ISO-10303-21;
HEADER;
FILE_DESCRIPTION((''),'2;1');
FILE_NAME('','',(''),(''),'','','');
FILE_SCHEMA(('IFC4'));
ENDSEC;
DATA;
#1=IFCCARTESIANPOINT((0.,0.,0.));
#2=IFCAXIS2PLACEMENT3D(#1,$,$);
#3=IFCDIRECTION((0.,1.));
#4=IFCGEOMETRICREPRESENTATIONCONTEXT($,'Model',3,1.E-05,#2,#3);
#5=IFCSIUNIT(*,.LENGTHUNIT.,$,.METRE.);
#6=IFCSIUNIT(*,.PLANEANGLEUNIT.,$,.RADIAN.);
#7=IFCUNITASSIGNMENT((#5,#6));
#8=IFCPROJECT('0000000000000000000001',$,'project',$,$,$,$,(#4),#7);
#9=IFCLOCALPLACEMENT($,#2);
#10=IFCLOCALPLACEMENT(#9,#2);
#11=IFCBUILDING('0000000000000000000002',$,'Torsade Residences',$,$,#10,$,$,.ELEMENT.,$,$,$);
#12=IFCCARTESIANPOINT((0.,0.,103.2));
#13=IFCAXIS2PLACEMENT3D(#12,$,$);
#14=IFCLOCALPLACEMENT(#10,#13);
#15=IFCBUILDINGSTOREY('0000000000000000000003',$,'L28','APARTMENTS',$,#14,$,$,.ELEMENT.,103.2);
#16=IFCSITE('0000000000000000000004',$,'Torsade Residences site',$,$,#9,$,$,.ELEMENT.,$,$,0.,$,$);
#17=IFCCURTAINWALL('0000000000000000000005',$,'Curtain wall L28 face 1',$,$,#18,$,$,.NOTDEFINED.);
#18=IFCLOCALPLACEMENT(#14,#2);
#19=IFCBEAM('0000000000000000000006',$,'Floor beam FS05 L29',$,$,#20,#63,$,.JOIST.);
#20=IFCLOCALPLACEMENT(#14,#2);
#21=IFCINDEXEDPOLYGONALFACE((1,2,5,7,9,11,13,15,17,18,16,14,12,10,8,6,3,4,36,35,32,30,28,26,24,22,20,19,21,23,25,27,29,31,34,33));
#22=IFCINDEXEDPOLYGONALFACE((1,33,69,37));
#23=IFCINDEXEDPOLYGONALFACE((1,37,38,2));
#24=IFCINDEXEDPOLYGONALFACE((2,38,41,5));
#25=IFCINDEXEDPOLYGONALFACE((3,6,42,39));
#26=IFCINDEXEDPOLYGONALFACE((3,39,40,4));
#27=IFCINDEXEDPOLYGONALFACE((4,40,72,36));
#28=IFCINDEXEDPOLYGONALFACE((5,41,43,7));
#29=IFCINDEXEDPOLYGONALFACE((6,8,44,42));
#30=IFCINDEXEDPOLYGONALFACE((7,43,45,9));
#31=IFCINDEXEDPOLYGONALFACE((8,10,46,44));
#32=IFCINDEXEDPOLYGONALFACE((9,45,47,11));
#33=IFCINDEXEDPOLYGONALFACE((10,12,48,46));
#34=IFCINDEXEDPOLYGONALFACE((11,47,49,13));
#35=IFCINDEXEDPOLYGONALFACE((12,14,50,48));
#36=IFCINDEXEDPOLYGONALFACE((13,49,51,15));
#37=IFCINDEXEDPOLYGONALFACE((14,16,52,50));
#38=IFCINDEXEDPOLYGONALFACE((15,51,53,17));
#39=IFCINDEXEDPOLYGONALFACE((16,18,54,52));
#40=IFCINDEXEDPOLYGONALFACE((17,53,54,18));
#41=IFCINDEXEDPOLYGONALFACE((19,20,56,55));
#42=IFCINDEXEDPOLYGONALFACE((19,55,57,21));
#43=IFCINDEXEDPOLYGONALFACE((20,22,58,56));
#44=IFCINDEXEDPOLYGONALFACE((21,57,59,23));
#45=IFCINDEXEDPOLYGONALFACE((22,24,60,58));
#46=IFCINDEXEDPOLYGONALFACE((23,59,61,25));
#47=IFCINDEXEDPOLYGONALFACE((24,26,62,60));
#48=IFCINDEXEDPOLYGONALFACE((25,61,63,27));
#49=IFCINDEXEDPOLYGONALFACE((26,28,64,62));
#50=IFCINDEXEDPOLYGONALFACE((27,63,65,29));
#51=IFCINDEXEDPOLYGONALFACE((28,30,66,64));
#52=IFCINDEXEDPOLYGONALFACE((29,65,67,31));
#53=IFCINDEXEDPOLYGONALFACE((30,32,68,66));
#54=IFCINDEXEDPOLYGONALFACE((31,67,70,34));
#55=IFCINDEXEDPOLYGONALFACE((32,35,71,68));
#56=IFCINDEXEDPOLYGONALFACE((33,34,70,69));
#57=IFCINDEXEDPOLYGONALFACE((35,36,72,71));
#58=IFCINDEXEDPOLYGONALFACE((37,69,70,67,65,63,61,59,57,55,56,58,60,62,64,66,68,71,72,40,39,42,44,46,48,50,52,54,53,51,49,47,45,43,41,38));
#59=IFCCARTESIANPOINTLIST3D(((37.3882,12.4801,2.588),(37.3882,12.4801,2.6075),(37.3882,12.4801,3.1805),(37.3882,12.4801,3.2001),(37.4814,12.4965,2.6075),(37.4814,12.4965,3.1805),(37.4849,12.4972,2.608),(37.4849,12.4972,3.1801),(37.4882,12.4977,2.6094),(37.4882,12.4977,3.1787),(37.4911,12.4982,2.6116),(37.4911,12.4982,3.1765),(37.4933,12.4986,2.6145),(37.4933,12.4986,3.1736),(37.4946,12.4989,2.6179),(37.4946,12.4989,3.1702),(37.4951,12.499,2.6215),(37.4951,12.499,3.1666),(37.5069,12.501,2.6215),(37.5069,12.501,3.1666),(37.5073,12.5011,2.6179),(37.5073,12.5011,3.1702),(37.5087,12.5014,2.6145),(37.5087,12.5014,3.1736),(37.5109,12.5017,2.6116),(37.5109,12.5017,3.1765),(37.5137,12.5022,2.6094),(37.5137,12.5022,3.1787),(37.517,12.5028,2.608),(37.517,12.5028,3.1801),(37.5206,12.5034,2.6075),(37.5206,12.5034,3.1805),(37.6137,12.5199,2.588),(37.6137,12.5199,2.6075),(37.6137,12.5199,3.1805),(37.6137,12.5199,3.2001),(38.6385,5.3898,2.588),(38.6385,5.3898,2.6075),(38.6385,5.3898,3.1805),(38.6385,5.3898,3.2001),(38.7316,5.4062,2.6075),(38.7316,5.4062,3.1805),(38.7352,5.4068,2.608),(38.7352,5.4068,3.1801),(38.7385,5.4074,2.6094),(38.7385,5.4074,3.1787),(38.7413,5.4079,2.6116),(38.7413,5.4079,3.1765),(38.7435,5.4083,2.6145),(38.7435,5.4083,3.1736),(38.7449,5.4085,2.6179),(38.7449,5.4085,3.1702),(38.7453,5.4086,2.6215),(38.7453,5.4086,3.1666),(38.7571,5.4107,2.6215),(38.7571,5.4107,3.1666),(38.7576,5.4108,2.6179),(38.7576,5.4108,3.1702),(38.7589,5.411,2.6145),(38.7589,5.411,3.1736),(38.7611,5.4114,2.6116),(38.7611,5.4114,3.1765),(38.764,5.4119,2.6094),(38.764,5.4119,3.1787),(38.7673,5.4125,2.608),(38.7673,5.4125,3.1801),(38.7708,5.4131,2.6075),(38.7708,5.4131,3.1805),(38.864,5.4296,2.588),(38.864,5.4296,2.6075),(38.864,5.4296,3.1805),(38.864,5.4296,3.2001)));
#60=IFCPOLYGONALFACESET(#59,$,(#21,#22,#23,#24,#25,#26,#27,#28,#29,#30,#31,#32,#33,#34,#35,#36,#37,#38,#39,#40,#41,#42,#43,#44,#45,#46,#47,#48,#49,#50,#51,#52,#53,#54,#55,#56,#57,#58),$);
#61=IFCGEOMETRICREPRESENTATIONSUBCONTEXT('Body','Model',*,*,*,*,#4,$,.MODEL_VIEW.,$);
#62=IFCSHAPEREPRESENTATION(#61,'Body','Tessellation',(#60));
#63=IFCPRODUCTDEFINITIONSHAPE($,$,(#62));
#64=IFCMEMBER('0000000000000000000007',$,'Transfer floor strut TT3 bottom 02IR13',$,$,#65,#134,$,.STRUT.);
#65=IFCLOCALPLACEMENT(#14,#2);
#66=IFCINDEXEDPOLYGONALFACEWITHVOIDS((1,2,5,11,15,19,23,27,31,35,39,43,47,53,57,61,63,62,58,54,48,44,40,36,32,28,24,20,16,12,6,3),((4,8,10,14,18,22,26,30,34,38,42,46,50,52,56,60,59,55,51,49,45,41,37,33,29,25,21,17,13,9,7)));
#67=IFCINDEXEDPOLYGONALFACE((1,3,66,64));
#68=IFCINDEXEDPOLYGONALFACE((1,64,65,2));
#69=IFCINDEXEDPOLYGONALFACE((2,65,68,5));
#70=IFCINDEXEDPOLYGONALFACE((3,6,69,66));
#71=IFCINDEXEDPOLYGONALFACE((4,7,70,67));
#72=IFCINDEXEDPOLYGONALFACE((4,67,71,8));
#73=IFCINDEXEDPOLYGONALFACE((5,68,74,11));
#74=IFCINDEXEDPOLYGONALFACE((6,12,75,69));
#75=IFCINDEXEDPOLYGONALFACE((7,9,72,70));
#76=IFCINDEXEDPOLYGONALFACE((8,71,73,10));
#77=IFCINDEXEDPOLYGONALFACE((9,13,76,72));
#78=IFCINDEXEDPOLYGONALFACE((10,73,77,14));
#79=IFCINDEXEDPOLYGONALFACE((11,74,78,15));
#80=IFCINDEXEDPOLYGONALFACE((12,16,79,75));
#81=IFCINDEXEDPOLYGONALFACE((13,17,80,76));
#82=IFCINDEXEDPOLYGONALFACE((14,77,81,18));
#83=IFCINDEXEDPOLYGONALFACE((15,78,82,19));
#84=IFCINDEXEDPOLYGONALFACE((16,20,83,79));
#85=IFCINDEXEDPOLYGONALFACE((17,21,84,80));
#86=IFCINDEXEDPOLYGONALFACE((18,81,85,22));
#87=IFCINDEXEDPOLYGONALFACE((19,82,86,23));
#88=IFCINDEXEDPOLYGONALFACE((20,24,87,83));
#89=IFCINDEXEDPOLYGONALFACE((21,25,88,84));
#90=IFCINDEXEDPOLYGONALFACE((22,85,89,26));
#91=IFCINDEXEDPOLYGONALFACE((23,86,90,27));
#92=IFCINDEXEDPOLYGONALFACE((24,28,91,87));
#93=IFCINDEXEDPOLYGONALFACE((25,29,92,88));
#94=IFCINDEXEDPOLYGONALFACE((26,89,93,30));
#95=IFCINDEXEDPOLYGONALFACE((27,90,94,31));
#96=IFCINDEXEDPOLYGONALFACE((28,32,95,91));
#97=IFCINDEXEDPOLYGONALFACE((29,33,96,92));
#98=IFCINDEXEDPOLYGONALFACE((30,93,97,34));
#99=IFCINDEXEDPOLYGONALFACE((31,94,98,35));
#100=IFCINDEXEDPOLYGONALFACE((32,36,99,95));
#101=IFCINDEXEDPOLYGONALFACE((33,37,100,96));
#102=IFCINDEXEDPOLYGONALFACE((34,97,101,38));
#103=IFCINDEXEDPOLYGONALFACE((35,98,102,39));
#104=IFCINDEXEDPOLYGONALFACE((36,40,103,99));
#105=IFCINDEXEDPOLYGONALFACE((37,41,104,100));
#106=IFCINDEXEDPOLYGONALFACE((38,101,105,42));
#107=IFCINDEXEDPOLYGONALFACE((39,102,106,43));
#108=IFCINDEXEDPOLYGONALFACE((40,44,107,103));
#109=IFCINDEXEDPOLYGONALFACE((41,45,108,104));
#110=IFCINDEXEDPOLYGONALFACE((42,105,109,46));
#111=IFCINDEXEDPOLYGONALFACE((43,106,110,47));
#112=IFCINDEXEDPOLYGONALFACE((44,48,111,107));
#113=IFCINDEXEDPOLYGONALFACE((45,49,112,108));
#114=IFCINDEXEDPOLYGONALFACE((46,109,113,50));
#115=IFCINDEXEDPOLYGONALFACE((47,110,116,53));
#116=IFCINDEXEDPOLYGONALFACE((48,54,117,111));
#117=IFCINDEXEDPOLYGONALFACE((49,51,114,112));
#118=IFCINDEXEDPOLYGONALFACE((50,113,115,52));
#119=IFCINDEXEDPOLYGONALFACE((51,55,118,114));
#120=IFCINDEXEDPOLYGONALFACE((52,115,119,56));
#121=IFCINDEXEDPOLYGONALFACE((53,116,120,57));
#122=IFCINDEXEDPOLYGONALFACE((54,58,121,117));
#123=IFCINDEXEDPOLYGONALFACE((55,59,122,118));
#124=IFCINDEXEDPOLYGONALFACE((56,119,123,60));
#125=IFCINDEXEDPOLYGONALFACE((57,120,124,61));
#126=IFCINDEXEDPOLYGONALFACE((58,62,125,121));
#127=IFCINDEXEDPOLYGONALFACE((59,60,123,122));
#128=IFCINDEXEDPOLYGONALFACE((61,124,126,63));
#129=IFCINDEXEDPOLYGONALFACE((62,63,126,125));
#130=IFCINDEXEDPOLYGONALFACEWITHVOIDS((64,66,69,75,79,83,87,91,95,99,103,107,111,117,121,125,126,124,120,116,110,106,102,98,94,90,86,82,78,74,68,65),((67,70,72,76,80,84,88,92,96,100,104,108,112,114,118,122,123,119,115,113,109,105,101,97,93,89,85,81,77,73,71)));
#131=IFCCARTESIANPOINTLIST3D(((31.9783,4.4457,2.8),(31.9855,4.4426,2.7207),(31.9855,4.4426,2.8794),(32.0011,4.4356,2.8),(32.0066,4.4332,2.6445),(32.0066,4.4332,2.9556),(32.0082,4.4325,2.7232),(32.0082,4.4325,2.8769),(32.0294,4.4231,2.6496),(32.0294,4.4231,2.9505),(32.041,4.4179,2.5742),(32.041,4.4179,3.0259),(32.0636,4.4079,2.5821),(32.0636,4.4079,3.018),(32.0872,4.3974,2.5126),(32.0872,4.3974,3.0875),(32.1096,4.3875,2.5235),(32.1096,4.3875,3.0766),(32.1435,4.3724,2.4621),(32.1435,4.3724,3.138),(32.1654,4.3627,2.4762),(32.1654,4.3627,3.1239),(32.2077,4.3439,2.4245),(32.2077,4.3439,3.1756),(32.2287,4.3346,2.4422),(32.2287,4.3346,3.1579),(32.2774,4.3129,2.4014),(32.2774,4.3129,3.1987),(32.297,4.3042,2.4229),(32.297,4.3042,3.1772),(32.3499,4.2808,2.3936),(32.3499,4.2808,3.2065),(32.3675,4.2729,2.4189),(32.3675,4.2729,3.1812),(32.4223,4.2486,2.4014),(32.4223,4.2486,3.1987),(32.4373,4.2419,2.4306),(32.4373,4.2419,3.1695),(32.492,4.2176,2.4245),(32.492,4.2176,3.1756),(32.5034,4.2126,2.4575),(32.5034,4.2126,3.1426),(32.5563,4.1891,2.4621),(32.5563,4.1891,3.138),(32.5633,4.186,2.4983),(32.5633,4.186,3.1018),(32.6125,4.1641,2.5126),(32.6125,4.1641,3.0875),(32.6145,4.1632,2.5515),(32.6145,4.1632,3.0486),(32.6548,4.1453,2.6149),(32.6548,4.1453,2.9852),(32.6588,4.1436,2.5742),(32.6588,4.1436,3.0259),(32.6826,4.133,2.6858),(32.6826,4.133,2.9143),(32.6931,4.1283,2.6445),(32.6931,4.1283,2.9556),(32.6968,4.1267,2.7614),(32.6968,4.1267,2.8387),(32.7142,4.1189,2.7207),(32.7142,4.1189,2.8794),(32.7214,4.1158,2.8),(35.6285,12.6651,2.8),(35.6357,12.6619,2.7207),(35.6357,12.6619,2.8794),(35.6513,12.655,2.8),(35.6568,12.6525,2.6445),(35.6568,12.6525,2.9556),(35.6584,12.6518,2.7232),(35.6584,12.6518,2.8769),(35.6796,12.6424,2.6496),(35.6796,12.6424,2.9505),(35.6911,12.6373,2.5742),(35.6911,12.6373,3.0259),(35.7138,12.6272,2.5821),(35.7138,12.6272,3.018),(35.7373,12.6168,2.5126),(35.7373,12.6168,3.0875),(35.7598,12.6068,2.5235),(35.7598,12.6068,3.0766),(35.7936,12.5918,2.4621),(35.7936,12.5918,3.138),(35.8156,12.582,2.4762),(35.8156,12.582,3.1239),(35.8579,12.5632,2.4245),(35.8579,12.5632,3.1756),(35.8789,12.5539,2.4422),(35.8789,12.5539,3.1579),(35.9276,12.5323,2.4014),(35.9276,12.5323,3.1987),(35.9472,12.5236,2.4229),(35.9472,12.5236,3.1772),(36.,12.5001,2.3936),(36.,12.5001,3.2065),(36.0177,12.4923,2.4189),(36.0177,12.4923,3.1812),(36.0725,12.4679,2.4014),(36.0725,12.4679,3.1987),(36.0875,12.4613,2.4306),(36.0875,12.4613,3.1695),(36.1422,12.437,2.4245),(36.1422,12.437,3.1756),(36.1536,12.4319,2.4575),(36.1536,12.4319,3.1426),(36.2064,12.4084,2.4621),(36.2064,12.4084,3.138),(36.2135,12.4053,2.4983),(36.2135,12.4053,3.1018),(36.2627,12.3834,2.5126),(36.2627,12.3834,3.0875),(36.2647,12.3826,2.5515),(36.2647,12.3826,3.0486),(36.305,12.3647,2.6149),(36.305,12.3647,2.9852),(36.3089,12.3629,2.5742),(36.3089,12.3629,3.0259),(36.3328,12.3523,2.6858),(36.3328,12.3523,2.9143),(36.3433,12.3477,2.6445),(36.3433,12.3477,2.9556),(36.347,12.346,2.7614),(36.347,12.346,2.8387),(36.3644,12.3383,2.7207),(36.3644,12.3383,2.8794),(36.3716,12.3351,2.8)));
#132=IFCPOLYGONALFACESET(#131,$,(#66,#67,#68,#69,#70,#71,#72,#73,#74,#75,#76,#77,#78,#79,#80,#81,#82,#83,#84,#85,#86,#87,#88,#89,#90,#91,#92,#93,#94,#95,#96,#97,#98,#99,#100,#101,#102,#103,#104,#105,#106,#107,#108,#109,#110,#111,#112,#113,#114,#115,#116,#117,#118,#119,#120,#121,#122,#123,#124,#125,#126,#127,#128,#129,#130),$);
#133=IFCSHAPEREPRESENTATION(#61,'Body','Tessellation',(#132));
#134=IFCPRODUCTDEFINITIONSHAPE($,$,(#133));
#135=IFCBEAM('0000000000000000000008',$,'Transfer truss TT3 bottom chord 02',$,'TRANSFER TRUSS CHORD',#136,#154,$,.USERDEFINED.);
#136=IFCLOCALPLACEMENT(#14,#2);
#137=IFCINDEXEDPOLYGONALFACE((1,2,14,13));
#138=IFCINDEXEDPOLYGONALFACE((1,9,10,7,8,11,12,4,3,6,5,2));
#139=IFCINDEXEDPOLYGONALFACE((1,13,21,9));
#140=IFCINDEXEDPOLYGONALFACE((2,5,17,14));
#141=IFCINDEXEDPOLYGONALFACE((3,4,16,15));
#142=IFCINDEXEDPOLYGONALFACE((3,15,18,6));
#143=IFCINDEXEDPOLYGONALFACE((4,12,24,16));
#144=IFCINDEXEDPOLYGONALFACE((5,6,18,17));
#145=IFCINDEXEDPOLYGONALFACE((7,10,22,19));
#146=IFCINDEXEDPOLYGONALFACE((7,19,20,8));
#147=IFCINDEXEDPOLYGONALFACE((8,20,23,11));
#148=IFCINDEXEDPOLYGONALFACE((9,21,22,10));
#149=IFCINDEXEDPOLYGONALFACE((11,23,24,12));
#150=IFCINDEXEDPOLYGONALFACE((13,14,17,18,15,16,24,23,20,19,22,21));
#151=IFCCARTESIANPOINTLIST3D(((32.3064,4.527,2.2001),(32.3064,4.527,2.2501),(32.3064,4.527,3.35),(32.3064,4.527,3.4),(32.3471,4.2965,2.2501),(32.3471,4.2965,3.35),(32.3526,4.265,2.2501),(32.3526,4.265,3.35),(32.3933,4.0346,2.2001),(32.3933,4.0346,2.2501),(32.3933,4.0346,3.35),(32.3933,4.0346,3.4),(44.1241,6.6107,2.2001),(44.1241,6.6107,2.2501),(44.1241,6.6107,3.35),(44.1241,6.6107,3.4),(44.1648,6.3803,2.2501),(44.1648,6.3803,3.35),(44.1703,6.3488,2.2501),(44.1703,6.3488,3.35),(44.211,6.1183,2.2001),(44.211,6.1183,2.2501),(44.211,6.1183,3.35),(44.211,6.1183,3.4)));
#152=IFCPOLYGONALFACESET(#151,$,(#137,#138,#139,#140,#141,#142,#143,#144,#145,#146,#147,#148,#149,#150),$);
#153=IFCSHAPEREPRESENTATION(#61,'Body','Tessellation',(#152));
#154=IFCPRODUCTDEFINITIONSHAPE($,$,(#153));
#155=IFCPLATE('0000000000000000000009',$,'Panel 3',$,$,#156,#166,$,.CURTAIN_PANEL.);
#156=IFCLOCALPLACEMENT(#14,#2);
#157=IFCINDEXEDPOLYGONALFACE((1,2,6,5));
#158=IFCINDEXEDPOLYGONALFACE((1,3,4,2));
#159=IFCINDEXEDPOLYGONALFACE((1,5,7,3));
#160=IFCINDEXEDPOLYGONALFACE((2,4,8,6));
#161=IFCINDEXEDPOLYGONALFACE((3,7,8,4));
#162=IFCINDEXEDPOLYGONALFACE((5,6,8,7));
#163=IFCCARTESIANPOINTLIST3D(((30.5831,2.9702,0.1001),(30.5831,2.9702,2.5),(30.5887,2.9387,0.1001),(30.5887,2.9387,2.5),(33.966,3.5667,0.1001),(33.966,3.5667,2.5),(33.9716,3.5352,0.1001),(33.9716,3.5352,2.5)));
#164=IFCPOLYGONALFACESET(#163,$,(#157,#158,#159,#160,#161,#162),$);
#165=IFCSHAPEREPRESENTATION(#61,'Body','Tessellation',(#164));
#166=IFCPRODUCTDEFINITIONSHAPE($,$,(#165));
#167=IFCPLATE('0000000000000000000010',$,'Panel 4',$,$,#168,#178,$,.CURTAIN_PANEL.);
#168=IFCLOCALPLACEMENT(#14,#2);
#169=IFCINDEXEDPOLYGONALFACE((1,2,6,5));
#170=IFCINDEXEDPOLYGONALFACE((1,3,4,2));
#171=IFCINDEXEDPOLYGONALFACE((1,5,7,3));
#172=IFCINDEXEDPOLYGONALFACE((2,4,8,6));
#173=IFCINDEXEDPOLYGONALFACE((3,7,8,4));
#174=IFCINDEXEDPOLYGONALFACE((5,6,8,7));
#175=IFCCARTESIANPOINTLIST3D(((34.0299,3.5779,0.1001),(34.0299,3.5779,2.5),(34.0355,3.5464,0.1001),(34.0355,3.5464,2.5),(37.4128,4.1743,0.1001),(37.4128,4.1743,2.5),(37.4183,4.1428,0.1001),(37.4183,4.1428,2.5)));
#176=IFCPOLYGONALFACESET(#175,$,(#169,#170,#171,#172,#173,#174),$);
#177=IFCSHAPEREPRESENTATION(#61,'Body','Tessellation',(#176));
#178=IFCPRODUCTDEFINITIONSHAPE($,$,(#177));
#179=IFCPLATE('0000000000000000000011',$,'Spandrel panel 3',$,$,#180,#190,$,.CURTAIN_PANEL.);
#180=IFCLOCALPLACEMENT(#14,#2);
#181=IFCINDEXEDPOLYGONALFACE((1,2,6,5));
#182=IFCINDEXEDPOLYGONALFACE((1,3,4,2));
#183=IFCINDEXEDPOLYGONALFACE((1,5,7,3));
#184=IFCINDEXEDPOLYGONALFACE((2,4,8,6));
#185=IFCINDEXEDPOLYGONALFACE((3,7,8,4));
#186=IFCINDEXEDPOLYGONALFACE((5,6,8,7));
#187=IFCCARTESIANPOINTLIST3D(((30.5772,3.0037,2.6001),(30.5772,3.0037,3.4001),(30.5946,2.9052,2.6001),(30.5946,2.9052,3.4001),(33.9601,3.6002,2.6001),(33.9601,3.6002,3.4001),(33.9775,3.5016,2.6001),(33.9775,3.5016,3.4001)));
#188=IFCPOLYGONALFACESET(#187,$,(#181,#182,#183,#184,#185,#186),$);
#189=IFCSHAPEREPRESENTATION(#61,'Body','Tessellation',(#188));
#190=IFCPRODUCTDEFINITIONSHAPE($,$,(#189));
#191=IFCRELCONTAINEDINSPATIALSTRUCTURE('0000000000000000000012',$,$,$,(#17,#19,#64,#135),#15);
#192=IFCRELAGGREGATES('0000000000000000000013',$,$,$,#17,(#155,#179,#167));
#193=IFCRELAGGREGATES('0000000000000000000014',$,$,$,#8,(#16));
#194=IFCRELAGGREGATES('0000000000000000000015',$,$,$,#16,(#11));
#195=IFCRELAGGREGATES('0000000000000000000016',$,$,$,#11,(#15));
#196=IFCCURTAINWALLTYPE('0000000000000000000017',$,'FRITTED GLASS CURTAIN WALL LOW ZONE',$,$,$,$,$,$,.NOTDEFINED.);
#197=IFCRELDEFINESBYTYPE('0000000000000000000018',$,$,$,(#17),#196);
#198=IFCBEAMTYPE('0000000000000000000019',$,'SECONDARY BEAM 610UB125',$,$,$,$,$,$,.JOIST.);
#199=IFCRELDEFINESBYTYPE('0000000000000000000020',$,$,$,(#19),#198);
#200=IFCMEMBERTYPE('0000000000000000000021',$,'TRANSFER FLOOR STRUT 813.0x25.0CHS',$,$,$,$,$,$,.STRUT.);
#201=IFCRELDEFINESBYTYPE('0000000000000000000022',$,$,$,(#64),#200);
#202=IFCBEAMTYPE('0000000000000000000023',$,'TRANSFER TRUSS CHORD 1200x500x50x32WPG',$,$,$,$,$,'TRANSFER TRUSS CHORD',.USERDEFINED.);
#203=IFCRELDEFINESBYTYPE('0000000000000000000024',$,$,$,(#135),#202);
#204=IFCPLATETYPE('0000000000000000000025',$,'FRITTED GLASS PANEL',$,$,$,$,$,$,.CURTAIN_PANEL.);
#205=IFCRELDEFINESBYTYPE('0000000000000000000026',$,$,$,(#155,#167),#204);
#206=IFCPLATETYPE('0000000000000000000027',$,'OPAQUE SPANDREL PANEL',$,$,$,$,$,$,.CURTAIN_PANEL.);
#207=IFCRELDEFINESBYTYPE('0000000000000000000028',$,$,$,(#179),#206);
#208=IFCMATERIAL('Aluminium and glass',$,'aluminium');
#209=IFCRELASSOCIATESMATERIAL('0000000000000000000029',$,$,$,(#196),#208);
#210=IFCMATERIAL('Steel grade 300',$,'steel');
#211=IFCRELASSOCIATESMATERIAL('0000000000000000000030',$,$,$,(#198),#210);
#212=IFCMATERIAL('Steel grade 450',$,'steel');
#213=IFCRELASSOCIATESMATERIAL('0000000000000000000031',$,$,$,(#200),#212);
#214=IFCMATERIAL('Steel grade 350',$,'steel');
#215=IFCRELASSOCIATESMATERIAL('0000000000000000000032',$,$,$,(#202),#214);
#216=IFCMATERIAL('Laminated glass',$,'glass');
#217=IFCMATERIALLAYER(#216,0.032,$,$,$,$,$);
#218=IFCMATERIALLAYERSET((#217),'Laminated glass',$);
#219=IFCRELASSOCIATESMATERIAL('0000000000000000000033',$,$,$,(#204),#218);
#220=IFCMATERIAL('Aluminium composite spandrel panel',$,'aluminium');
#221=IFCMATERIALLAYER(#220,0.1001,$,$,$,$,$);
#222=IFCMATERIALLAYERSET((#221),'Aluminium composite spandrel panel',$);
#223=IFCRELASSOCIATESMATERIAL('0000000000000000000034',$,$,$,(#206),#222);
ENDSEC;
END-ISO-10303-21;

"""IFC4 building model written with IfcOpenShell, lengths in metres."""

from ifc_helpers import new_model, si_unit, direction, frame, origin, origin_2d, place, context, subcontext, project, spatial, rectangle, hollow_circle, i_section, extrude, material, layer, layer_set, material_profile, profile_set, type_object, element, aggregate, save


model = new_model("IFC4")

# Units and contexts
model_context = context("Model", 3, precision=1e-05, world=origin(), true_north=direction((0.0, 1.0)))
body_context = subcontext(model_context, "Body", "Model", "MODEL_VIEW")
ifc_project = project(units=[si_unit("LENGTHUNIT", "METRE"), si_unit("PLANEANGLEUNIT", "RADIAN")], contexts=[model_context])

# Site, building, storey
site_placement = place(None, origin())
site = spatial("IfcSite", under=ifc_project, at=site_placement, Name="Torsade Residences site", CompositionType="ELEMENT", RefElevation=0.0)
building_placement = place(site_placement, origin())
building = spatial("IfcBuilding", under=site, at=building_placement, Name="Torsade Residences", CompositionType="ELEMENT")
storey_placement = place(building_placement, frame((0.0, 0.0, 103.2)))
storey = spatial("IfcBuildingStorey", under=building, at=storey_placement, Name="L28", Description="APARTMENTS", CompositionType="ELEMENT", Elevation=103.2)

# Curtain wall
ifc_material_1 = material(Name="Aluminium and glass", Category="aluminium")
curtain_wall_type = type_object("IfcCurtainWallType", Name="FRITTED GLASS CURTAIN WALL LOW ZONE", PredefinedType="NOTDEFINED", material=ifc_material_1)
curtain_wall_placement = place(storey_placement, origin())
curtain_wall = element("IfcCurtainWall", 1, at=curtain_wall_placement, inside=storey, type_object=curtain_wall_type, Name="Curtain wall L28 face 1", PredefinedType="NOTDEFINED")

# Beam
ifc_material_2 = material(Name="Steel grade 300", Category="steel")
ifc_material_profile_1 = material_profile(ifc_material_2, i_section(OverallWidth=0.229, OverallDepth=0.6121, WebThickness=0.012, FlangeThickness=0.0195, FilletRadius=0.0139, at=origin_2d()), Name="610UB125")
ifc_profile_set_1 = profile_set([ifc_material_profile_1], Name="Steel grade 300")
beam_type_1 = type_object("IfcBeamType", Name="SECONDARY BEAM 610UB125", PredefinedType="JOIST", material=ifc_profile_set_1)
beam_1_placement = place(storey_placement, frame((38.7512, 5.4097, 2.894), z_axis=(-0.173652, 0.984807, 0.0), x_axis=(-0.984807, -0.173652, 0.0)))
element("IfcBeam", 2, at=beam_1_placement, inside=storey, type_object=beam_type_1, Name="Floor beam FS05 L29", PredefinedType="JOIST", context=body_context, shape_type="SweptSolid", body=[
    extrude(i_section(OverallWidth=0.229, OverallDepth=0.6121, WebThickness=0.012, FlangeThickness=0.0195, FilletRadius=0.0139, at=origin_2d()), origin(), (0.0, 0.0, 1.0), 7.1997),
])

# Member
ifc_material_3 = material(Name="Steel grade 450", Category="steel")
ifc_material_profile_2 = material_profile(ifc_material_3, hollow_circle(Radius=0.4065, WallThickness=0.0249, at=origin_2d()), Name="813.0x25.0CHS")
ifc_profile_set_2 = profile_set([ifc_material_profile_2], Name="Steel grade 450")
member_type_1 = type_object("IfcMemberType", Name="TRANSFER FLOOR STRUT 813.0x25.0CHS", PredefinedType="STRUT", material=ifc_profile_set_2)
member_1_placement = place(storey_placement, frame((32.3499, 4.2808, 2.8), z_axis=(0.405874, 0.913929, 0.0), x_axis=(-0.913929, 0.405874, 0.0)))
element("IfcMember", 3, at=member_1_placement, inside=storey, type_object=member_type_1, Name="Transfer floor strut TT3 bottom 02IR13", PredefinedType="STRUT", context=body_context, shape_type="SweptSolid", body=[
    extrude(hollow_circle(Radius=0.4065, WallThickness=0.0249, at=origin_2d()), origin(), (0.0, 0.0, 1.0), 8.9934),
])

# Beam
ifc_material_4 = material(Name="Steel grade 350", Category="steel")
ifc_material_profile_3 = material_profile(ifc_material_4, i_section(OverallWidth=0.5, OverallDepth=1.2, WebThickness=0.032, FlangeThickness=0.05, at=origin_2d()), Name="1200x500x50x32WPG")
ifc_profile_set_3 = profile_set([ifc_material_profile_3], Name="Steel grade 350")
beam_type_2 = type_object("IfcBeamType", Name="TRANSFER TRUSS CHORD 1200x500x50x32WPG", ElementType="TRANSFER TRUSS CHORD", PredefinedType="USERDEFINED", material=ifc_profile_set_3)
beam_2_placement = place(storey_placement, frame((32.3499, 4.2808, 2.8), z_axis=(0.984808, 0.173646, 0.0), x_axis=(-0.173646, 0.984808, 0.0)))
element("IfcBeam", 4, at=beam_2_placement, inside=storey, type_object=beam_type_2, Name="Transfer truss TT3 bottom chord 02", ObjectType="TRANSFER TRUSS CHORD", PredefinedType="USERDEFINED", context=body_context, shape_type="SweptSolid", body=[
    extrude(i_section(OverallWidth=0.5, OverallDepth=1.2, WebThickness=0.032, FlangeThickness=0.05, at=origin_2d()), origin(), (0.0, 0.0, 1.0), 12.0),
])

# Plates
ifc_material_5 = material(Name="Laminated glass", Category="glass")
ifc_layer_1 = layer(ifc_material_5, 0.032)
ifc_layer_set_1 = layer_set([ifc_layer_1], Name="Laminated glass")
plate_type_1 = type_object("IfcPlateType", Name="FRITTED GLASS PANEL", PredefinedType="CURTAIN_PANEL", material=ifc_layer_set_1)
plate_1_placement = place(storey_placement, frame((32.2773, 3.2527, 0.1001), z_axis=(0.0, 0.0, 1.0), x_axis=(0.984808, 0.173648, 0.0)))
plate_1 = element("IfcPlate", 5, at=plate_1_placement, type_object=plate_type_1, Name="Panel 3", PredefinedType="CURTAIN_PANEL", context=body_context, shape_type="SweptSolid", body=[
    extrude(rectangle(XDim=3.4351, YDim=0.032, at=origin_2d()), origin(), (0.0, 0.0, 1.0), 2.3999),
])
plate_2_placement = place(storey_placement, frame((35.7241, 3.8604, 0.1001), z_axis=(0.0, 0.0, 1.0), x_axis=(0.984808, 0.173648, 0.0)))
plate_2 = element("IfcPlate", 6, at=plate_2_placement, type_object=plate_type_1, Name="Panel 4", PredefinedType="CURTAIN_PANEL", context=body_context, shape_type="SweptSolid", body=[
    extrude(rectangle(XDim=3.4351, YDim=0.032, at=origin_2d()), origin(), (0.0, 0.0, 1.0), 2.3999),
])
ifc_material_6 = material(Name="Aluminium composite spandrel panel", Category="aluminium")
ifc_layer_2 = layer(ifc_material_6, 0.1001)
ifc_layer_set_2 = layer_set([ifc_layer_2], Name="Aluminium composite spandrel panel")
plate_type_2 = type_object("IfcPlateType", Name="OPAQUE SPANDREL PANEL", PredefinedType="CURTAIN_PANEL", material=ifc_layer_set_2)
plate_3_placement = place(storey_placement, frame((32.2773, 3.2527, 2.6001), z_axis=(0.0, 0.0, 1.0), x_axis=(0.984808, 0.173648, 0.0)))
plate_3 = element("IfcPlate", 7, at=plate_3_placement, type_object=plate_type_2, Name="Spandrel panel 3", PredefinedType="CURTAIN_PANEL", context=body_context, shape_type="SweptSolid", body=[
    extrude(rectangle(XDim=3.4351, YDim=0.1001, at=origin_2d()), origin(), (0.0, 0.0, 1.0), 0.8),
])
aggregate(curtain_wall, [plate_1, plate_3, plate_2])

save(model, "model.ifc")
